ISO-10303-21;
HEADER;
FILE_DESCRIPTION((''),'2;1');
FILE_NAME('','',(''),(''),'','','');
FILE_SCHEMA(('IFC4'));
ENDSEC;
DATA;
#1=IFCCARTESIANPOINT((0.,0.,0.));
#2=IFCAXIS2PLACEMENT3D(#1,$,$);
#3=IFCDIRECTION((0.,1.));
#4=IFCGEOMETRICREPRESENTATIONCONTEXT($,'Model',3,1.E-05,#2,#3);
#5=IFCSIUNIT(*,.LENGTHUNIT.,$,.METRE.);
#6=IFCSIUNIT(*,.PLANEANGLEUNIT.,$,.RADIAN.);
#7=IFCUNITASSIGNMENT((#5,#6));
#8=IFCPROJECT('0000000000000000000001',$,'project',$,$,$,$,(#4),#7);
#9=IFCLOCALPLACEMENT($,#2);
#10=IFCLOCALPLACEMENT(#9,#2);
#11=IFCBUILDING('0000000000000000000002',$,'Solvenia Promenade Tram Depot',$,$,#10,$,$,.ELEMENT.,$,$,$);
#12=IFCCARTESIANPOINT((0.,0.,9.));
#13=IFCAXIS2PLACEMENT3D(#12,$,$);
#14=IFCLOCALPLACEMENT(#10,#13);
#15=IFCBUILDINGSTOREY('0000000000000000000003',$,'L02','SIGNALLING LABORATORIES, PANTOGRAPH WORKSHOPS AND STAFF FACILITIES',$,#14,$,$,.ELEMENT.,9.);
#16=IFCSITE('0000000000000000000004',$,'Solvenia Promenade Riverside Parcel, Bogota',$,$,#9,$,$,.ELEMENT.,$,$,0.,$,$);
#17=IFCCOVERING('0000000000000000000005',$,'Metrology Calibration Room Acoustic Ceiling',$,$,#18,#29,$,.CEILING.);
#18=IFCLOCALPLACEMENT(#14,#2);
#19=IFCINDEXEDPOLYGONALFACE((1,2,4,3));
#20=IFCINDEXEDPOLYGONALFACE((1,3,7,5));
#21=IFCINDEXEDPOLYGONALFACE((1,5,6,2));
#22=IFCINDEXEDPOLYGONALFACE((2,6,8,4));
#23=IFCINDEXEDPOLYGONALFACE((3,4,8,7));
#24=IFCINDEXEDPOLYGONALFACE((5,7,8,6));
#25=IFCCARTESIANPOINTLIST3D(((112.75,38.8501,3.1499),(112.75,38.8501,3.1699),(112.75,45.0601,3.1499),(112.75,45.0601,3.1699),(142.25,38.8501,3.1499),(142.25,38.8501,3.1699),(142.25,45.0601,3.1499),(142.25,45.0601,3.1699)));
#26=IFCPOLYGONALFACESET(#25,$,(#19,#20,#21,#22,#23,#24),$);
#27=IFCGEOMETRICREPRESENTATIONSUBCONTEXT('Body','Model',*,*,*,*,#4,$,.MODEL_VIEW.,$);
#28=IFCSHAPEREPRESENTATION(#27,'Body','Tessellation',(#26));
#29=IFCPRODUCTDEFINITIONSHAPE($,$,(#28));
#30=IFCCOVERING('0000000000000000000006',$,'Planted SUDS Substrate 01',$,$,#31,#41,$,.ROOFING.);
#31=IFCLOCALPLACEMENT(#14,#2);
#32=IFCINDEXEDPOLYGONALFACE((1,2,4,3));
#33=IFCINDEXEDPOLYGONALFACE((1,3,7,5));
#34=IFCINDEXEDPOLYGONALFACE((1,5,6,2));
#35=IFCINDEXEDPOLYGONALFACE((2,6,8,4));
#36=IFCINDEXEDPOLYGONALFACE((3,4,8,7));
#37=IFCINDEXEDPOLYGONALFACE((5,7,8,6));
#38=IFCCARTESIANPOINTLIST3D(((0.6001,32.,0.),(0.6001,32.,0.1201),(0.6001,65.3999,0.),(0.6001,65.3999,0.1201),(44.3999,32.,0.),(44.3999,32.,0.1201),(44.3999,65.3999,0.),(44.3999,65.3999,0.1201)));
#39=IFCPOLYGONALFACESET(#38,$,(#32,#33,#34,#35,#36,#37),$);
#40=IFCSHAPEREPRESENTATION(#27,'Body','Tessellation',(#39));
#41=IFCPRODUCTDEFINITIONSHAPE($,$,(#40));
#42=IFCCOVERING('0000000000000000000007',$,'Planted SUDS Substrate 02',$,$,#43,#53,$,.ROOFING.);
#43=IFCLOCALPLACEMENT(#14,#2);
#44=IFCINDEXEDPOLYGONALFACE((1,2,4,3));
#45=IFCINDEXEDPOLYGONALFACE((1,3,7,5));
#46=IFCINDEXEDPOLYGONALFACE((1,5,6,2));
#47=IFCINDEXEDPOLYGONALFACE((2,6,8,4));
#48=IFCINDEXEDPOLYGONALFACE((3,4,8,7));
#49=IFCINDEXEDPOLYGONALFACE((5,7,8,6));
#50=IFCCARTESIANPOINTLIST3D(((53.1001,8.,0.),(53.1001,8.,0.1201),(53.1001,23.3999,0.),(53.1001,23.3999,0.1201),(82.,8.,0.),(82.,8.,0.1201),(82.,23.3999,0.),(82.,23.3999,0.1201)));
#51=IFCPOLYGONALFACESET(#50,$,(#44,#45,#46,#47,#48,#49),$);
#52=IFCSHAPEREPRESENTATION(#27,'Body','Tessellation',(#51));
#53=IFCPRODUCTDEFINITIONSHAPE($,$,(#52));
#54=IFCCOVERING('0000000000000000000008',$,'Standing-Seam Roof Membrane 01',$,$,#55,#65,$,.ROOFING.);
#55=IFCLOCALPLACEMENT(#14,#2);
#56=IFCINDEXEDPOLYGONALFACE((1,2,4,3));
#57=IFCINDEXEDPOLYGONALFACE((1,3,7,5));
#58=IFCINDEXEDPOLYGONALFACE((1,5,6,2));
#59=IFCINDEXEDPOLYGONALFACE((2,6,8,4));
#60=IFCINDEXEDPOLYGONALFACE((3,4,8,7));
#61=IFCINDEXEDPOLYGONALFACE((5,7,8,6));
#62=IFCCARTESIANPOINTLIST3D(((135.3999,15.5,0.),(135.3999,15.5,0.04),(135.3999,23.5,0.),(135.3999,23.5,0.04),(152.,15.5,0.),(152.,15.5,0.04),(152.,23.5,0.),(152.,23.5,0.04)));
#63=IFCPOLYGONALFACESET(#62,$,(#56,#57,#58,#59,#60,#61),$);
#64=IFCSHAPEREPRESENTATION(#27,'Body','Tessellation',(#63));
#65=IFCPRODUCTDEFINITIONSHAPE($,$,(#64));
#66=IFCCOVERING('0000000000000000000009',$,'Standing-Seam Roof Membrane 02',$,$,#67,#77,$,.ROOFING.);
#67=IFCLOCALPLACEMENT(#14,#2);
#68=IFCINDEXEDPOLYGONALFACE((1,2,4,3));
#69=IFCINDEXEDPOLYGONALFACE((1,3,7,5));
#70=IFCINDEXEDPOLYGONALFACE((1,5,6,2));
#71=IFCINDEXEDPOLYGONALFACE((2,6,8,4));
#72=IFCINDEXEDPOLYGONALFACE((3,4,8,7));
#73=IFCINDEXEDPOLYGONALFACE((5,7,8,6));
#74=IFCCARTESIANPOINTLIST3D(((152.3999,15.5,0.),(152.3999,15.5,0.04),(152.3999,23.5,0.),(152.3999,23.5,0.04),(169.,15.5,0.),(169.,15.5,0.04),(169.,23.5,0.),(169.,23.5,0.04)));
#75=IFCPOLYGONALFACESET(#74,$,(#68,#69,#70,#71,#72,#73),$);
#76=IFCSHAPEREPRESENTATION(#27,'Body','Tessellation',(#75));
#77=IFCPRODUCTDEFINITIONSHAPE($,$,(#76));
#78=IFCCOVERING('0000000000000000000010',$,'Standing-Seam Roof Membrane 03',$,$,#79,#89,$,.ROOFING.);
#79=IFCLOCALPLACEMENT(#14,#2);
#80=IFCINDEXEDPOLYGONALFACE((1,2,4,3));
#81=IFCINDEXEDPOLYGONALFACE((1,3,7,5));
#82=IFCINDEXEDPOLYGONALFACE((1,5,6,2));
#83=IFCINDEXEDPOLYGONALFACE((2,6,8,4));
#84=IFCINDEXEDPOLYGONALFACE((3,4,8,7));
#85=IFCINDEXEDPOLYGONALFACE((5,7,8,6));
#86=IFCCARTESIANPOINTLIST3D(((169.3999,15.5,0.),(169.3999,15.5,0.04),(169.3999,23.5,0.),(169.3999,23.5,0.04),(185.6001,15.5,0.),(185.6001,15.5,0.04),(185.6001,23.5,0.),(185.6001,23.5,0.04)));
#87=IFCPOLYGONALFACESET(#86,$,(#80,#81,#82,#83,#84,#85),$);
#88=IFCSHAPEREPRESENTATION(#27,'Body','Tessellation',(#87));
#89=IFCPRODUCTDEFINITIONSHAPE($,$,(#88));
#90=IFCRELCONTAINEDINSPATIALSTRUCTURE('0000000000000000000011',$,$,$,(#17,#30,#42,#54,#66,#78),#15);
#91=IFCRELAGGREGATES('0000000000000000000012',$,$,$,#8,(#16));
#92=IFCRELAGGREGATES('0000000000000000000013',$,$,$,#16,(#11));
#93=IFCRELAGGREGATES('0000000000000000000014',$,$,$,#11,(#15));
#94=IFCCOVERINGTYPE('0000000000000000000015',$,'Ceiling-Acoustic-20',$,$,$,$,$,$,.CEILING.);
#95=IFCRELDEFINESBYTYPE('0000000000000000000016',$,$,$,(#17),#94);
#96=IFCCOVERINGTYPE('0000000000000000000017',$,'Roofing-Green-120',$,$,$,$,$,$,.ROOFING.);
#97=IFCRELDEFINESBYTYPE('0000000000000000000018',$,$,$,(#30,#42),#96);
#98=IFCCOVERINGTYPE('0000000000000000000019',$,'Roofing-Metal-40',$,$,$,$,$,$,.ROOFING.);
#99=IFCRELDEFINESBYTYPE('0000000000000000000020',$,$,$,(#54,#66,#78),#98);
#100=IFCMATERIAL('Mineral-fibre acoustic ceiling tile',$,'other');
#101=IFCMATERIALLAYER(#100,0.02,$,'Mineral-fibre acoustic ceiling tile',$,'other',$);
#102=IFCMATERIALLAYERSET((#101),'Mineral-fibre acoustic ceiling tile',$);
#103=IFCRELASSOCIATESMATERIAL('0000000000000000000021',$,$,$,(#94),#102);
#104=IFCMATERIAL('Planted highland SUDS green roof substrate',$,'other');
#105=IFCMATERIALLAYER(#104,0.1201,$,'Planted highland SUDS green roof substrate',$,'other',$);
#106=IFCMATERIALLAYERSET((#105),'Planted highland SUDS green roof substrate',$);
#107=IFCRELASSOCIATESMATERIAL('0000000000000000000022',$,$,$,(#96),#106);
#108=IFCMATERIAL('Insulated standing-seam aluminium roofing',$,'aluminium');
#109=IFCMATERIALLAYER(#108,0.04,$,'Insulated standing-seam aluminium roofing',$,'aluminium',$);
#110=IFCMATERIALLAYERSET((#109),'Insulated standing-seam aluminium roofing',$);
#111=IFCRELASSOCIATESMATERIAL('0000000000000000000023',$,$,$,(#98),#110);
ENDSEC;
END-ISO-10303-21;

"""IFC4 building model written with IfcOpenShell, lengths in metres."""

from ifc_helpers import new_model, si_unit, direction, frame, origin, place, context, subcontext, project, spatial, polyline, outline, extrude, material, layer, layer_set, type_object, element, save


model = new_model("IFC4")

# Units and contexts
model_context = context("Model", 3, precision=1e-05, world=origin(), true_north=direction((0.0, 1.0)))
body_context = subcontext(model_context, "Body", "Model", "MODEL_VIEW")
ifc_project = project(units=[si_unit("LENGTHUNIT", "METRE"), si_unit("PLANEANGLEUNIT", "RADIAN")], contexts=[model_context])

# Site, building, storey
site_placement = place(None, origin())
site = spatial("IfcSite", under=ifc_project, at=site_placement, Name="Solvenia Promenade Riverside Parcel, Bogota", CompositionType="ELEMENT", RefElevation=0.0)
building_placement = place(site_placement, origin())
building = spatial("IfcBuilding", under=site, at=building_placement, Name="Solvenia Promenade Tram Depot", CompositionType="ELEMENT")
storey_placement = place(building_placement, frame((0.0, 0.0, 9.0)))
storey = spatial("IfcBuildingStorey", under=building, at=storey_placement, Name="L02", Description="SIGNALLING LABORATORIES, PANTOGRAPH WORKSHOPS AND STAFF FACILITIES", CompositionType="ELEMENT", Elevation=9.0)

# Coverings
ifc_material_1 = material(Name="Mineral-fibre acoustic ceiling tile", Category="other")
ifc_layer_1 = layer(ifc_material_1, 0.02, Name="Mineral-fibre acoustic ceiling tile", Category="other")
ifc_layer_set_1 = layer_set([ifc_layer_1], Name="Mineral-fibre acoustic ceiling tile")
covering_type_1 = type_object("IfcCoveringType", Name="Ceiling-Acoustic-20", PredefinedType="CEILING", material=ifc_layer_set_1)
covering_1_placement = place(storey_placement, frame((0.0, 0.0, 3.1499)))
element("IfcCovering", 1, at=covering_1_placement, inside=storey, type_object=covering_type_1, Name="Metrology Calibration Room Acoustic Ceiling", PredefinedType="CEILING", context=body_context, shape_type="SweptSolid", body=[
    extrude(outline(polyline([(112.75, 38.8501), (142.25, 38.8501), (142.25, 45.0601), (112.75, 45.0601), (112.75, 38.8501)])), origin(), (0.0, 0.0, 1.0), 0.02),
])
ifc_material_2 = material(Name="Planted highland SUDS green roof substrate", Category="other")
ifc_layer_2 = layer(ifc_material_2, 0.1201, Name="Planted highland SUDS green roof substrate", Category="other")
ifc_layer_set_2 = layer_set([ifc_layer_2], Name="Planted highland SUDS green roof substrate")
covering_type_2 = type_object("IfcCoveringType", Name="Roofing-Green-120", PredefinedType="ROOFING", material=ifc_layer_set_2)
covering_2_placement = place(storey_placement, origin())
element("IfcCovering", 2, at=covering_2_placement, inside=storey, type_object=covering_type_2, Name="Planted SUDS Substrate 01", PredefinedType="ROOFING", context=body_context, shape_type="SweptSolid", body=[
    extrude(outline(polyline([(0.6001, 32.0), (44.3999, 32.0), (44.3999, 65.3999), (0.6001, 65.3999), (0.6001, 32.0)])), origin(), (0.0, 0.0, 1.0), 0.1201),
])
covering_3_placement = place(storey_placement, origin())
element("IfcCovering", 3, at=covering_3_placement, inside=storey, type_object=covering_type_2, Name="Planted SUDS Substrate 02", PredefinedType="ROOFING", context=body_context, shape_type="SweptSolid", body=[
    extrude(outline(polyline([(53.1001, 8.0), (82.0, 8.0), (82.0, 23.3999), (53.1001, 23.3999), (53.1001, 8.0)])), origin(), (0.0, 0.0, 1.0), 0.1201),
])
ifc_material_3 = material(Name="Insulated standing-seam aluminium roofing", Category="aluminium")
ifc_layer_3 = layer(ifc_material_3, 0.04, Name="Insulated standing-seam aluminium roofing", Category="aluminium")
ifc_layer_set_3 = layer_set([ifc_layer_3], Name="Insulated standing-seam aluminium roofing")
covering_type_3 = type_object("IfcCoveringType", Name="Roofing-Metal-40", PredefinedType="ROOFING", material=ifc_layer_set_3)
covering_4_placement = place(storey_placement, origin())
element("IfcCovering", 4, at=covering_4_placement, inside=storey, type_object=covering_type_3, Name="Standing-Seam Roof Membrane 01", PredefinedType="ROOFING", context=body_context, shape_type="SweptSolid", body=[
    extrude(outline(polyline([(135.3999, 15.5), (152.0, 15.5), (152.0, 23.5), (135.3999, 23.5), (135.3999, 15.5)])), origin(), (0.0, 0.0, 1.0), 0.04),
])
covering_5_placement = place(storey_placement, origin())
element("IfcCovering", 5, at=covering_5_placement, inside=storey, type_object=covering_type_3, Name="Standing-Seam Roof Membrane 02", PredefinedType="ROOFING", context=body_context, shape_type="SweptSolid", body=[
    extrude(outline(polyline([(152.3999, 15.5), (169.0, 15.5), (169.0, 23.5), (152.3999, 23.5), (152.3999, 15.5)])), origin(), (0.0, 0.0, 1.0), 0.04),
])
covering_6_placement = place(storey_placement, origin())
element("IfcCovering", 6, at=covering_6_placement, inside=storey, type_object=covering_type_3, Name="Standing-Seam Roof Membrane 03", PredefinedType="ROOFING", context=body_context, shape_type="SweptSolid", body=[
    extrude(outline(polyline([(169.3999, 15.5), (185.6001, 15.5), (185.6001, 23.5), (169.3999, 23.5), (169.3999, 15.5)])), origin(), (0.0, 0.0, 1.0), 0.04),
])

save(model, "model.ifc")
